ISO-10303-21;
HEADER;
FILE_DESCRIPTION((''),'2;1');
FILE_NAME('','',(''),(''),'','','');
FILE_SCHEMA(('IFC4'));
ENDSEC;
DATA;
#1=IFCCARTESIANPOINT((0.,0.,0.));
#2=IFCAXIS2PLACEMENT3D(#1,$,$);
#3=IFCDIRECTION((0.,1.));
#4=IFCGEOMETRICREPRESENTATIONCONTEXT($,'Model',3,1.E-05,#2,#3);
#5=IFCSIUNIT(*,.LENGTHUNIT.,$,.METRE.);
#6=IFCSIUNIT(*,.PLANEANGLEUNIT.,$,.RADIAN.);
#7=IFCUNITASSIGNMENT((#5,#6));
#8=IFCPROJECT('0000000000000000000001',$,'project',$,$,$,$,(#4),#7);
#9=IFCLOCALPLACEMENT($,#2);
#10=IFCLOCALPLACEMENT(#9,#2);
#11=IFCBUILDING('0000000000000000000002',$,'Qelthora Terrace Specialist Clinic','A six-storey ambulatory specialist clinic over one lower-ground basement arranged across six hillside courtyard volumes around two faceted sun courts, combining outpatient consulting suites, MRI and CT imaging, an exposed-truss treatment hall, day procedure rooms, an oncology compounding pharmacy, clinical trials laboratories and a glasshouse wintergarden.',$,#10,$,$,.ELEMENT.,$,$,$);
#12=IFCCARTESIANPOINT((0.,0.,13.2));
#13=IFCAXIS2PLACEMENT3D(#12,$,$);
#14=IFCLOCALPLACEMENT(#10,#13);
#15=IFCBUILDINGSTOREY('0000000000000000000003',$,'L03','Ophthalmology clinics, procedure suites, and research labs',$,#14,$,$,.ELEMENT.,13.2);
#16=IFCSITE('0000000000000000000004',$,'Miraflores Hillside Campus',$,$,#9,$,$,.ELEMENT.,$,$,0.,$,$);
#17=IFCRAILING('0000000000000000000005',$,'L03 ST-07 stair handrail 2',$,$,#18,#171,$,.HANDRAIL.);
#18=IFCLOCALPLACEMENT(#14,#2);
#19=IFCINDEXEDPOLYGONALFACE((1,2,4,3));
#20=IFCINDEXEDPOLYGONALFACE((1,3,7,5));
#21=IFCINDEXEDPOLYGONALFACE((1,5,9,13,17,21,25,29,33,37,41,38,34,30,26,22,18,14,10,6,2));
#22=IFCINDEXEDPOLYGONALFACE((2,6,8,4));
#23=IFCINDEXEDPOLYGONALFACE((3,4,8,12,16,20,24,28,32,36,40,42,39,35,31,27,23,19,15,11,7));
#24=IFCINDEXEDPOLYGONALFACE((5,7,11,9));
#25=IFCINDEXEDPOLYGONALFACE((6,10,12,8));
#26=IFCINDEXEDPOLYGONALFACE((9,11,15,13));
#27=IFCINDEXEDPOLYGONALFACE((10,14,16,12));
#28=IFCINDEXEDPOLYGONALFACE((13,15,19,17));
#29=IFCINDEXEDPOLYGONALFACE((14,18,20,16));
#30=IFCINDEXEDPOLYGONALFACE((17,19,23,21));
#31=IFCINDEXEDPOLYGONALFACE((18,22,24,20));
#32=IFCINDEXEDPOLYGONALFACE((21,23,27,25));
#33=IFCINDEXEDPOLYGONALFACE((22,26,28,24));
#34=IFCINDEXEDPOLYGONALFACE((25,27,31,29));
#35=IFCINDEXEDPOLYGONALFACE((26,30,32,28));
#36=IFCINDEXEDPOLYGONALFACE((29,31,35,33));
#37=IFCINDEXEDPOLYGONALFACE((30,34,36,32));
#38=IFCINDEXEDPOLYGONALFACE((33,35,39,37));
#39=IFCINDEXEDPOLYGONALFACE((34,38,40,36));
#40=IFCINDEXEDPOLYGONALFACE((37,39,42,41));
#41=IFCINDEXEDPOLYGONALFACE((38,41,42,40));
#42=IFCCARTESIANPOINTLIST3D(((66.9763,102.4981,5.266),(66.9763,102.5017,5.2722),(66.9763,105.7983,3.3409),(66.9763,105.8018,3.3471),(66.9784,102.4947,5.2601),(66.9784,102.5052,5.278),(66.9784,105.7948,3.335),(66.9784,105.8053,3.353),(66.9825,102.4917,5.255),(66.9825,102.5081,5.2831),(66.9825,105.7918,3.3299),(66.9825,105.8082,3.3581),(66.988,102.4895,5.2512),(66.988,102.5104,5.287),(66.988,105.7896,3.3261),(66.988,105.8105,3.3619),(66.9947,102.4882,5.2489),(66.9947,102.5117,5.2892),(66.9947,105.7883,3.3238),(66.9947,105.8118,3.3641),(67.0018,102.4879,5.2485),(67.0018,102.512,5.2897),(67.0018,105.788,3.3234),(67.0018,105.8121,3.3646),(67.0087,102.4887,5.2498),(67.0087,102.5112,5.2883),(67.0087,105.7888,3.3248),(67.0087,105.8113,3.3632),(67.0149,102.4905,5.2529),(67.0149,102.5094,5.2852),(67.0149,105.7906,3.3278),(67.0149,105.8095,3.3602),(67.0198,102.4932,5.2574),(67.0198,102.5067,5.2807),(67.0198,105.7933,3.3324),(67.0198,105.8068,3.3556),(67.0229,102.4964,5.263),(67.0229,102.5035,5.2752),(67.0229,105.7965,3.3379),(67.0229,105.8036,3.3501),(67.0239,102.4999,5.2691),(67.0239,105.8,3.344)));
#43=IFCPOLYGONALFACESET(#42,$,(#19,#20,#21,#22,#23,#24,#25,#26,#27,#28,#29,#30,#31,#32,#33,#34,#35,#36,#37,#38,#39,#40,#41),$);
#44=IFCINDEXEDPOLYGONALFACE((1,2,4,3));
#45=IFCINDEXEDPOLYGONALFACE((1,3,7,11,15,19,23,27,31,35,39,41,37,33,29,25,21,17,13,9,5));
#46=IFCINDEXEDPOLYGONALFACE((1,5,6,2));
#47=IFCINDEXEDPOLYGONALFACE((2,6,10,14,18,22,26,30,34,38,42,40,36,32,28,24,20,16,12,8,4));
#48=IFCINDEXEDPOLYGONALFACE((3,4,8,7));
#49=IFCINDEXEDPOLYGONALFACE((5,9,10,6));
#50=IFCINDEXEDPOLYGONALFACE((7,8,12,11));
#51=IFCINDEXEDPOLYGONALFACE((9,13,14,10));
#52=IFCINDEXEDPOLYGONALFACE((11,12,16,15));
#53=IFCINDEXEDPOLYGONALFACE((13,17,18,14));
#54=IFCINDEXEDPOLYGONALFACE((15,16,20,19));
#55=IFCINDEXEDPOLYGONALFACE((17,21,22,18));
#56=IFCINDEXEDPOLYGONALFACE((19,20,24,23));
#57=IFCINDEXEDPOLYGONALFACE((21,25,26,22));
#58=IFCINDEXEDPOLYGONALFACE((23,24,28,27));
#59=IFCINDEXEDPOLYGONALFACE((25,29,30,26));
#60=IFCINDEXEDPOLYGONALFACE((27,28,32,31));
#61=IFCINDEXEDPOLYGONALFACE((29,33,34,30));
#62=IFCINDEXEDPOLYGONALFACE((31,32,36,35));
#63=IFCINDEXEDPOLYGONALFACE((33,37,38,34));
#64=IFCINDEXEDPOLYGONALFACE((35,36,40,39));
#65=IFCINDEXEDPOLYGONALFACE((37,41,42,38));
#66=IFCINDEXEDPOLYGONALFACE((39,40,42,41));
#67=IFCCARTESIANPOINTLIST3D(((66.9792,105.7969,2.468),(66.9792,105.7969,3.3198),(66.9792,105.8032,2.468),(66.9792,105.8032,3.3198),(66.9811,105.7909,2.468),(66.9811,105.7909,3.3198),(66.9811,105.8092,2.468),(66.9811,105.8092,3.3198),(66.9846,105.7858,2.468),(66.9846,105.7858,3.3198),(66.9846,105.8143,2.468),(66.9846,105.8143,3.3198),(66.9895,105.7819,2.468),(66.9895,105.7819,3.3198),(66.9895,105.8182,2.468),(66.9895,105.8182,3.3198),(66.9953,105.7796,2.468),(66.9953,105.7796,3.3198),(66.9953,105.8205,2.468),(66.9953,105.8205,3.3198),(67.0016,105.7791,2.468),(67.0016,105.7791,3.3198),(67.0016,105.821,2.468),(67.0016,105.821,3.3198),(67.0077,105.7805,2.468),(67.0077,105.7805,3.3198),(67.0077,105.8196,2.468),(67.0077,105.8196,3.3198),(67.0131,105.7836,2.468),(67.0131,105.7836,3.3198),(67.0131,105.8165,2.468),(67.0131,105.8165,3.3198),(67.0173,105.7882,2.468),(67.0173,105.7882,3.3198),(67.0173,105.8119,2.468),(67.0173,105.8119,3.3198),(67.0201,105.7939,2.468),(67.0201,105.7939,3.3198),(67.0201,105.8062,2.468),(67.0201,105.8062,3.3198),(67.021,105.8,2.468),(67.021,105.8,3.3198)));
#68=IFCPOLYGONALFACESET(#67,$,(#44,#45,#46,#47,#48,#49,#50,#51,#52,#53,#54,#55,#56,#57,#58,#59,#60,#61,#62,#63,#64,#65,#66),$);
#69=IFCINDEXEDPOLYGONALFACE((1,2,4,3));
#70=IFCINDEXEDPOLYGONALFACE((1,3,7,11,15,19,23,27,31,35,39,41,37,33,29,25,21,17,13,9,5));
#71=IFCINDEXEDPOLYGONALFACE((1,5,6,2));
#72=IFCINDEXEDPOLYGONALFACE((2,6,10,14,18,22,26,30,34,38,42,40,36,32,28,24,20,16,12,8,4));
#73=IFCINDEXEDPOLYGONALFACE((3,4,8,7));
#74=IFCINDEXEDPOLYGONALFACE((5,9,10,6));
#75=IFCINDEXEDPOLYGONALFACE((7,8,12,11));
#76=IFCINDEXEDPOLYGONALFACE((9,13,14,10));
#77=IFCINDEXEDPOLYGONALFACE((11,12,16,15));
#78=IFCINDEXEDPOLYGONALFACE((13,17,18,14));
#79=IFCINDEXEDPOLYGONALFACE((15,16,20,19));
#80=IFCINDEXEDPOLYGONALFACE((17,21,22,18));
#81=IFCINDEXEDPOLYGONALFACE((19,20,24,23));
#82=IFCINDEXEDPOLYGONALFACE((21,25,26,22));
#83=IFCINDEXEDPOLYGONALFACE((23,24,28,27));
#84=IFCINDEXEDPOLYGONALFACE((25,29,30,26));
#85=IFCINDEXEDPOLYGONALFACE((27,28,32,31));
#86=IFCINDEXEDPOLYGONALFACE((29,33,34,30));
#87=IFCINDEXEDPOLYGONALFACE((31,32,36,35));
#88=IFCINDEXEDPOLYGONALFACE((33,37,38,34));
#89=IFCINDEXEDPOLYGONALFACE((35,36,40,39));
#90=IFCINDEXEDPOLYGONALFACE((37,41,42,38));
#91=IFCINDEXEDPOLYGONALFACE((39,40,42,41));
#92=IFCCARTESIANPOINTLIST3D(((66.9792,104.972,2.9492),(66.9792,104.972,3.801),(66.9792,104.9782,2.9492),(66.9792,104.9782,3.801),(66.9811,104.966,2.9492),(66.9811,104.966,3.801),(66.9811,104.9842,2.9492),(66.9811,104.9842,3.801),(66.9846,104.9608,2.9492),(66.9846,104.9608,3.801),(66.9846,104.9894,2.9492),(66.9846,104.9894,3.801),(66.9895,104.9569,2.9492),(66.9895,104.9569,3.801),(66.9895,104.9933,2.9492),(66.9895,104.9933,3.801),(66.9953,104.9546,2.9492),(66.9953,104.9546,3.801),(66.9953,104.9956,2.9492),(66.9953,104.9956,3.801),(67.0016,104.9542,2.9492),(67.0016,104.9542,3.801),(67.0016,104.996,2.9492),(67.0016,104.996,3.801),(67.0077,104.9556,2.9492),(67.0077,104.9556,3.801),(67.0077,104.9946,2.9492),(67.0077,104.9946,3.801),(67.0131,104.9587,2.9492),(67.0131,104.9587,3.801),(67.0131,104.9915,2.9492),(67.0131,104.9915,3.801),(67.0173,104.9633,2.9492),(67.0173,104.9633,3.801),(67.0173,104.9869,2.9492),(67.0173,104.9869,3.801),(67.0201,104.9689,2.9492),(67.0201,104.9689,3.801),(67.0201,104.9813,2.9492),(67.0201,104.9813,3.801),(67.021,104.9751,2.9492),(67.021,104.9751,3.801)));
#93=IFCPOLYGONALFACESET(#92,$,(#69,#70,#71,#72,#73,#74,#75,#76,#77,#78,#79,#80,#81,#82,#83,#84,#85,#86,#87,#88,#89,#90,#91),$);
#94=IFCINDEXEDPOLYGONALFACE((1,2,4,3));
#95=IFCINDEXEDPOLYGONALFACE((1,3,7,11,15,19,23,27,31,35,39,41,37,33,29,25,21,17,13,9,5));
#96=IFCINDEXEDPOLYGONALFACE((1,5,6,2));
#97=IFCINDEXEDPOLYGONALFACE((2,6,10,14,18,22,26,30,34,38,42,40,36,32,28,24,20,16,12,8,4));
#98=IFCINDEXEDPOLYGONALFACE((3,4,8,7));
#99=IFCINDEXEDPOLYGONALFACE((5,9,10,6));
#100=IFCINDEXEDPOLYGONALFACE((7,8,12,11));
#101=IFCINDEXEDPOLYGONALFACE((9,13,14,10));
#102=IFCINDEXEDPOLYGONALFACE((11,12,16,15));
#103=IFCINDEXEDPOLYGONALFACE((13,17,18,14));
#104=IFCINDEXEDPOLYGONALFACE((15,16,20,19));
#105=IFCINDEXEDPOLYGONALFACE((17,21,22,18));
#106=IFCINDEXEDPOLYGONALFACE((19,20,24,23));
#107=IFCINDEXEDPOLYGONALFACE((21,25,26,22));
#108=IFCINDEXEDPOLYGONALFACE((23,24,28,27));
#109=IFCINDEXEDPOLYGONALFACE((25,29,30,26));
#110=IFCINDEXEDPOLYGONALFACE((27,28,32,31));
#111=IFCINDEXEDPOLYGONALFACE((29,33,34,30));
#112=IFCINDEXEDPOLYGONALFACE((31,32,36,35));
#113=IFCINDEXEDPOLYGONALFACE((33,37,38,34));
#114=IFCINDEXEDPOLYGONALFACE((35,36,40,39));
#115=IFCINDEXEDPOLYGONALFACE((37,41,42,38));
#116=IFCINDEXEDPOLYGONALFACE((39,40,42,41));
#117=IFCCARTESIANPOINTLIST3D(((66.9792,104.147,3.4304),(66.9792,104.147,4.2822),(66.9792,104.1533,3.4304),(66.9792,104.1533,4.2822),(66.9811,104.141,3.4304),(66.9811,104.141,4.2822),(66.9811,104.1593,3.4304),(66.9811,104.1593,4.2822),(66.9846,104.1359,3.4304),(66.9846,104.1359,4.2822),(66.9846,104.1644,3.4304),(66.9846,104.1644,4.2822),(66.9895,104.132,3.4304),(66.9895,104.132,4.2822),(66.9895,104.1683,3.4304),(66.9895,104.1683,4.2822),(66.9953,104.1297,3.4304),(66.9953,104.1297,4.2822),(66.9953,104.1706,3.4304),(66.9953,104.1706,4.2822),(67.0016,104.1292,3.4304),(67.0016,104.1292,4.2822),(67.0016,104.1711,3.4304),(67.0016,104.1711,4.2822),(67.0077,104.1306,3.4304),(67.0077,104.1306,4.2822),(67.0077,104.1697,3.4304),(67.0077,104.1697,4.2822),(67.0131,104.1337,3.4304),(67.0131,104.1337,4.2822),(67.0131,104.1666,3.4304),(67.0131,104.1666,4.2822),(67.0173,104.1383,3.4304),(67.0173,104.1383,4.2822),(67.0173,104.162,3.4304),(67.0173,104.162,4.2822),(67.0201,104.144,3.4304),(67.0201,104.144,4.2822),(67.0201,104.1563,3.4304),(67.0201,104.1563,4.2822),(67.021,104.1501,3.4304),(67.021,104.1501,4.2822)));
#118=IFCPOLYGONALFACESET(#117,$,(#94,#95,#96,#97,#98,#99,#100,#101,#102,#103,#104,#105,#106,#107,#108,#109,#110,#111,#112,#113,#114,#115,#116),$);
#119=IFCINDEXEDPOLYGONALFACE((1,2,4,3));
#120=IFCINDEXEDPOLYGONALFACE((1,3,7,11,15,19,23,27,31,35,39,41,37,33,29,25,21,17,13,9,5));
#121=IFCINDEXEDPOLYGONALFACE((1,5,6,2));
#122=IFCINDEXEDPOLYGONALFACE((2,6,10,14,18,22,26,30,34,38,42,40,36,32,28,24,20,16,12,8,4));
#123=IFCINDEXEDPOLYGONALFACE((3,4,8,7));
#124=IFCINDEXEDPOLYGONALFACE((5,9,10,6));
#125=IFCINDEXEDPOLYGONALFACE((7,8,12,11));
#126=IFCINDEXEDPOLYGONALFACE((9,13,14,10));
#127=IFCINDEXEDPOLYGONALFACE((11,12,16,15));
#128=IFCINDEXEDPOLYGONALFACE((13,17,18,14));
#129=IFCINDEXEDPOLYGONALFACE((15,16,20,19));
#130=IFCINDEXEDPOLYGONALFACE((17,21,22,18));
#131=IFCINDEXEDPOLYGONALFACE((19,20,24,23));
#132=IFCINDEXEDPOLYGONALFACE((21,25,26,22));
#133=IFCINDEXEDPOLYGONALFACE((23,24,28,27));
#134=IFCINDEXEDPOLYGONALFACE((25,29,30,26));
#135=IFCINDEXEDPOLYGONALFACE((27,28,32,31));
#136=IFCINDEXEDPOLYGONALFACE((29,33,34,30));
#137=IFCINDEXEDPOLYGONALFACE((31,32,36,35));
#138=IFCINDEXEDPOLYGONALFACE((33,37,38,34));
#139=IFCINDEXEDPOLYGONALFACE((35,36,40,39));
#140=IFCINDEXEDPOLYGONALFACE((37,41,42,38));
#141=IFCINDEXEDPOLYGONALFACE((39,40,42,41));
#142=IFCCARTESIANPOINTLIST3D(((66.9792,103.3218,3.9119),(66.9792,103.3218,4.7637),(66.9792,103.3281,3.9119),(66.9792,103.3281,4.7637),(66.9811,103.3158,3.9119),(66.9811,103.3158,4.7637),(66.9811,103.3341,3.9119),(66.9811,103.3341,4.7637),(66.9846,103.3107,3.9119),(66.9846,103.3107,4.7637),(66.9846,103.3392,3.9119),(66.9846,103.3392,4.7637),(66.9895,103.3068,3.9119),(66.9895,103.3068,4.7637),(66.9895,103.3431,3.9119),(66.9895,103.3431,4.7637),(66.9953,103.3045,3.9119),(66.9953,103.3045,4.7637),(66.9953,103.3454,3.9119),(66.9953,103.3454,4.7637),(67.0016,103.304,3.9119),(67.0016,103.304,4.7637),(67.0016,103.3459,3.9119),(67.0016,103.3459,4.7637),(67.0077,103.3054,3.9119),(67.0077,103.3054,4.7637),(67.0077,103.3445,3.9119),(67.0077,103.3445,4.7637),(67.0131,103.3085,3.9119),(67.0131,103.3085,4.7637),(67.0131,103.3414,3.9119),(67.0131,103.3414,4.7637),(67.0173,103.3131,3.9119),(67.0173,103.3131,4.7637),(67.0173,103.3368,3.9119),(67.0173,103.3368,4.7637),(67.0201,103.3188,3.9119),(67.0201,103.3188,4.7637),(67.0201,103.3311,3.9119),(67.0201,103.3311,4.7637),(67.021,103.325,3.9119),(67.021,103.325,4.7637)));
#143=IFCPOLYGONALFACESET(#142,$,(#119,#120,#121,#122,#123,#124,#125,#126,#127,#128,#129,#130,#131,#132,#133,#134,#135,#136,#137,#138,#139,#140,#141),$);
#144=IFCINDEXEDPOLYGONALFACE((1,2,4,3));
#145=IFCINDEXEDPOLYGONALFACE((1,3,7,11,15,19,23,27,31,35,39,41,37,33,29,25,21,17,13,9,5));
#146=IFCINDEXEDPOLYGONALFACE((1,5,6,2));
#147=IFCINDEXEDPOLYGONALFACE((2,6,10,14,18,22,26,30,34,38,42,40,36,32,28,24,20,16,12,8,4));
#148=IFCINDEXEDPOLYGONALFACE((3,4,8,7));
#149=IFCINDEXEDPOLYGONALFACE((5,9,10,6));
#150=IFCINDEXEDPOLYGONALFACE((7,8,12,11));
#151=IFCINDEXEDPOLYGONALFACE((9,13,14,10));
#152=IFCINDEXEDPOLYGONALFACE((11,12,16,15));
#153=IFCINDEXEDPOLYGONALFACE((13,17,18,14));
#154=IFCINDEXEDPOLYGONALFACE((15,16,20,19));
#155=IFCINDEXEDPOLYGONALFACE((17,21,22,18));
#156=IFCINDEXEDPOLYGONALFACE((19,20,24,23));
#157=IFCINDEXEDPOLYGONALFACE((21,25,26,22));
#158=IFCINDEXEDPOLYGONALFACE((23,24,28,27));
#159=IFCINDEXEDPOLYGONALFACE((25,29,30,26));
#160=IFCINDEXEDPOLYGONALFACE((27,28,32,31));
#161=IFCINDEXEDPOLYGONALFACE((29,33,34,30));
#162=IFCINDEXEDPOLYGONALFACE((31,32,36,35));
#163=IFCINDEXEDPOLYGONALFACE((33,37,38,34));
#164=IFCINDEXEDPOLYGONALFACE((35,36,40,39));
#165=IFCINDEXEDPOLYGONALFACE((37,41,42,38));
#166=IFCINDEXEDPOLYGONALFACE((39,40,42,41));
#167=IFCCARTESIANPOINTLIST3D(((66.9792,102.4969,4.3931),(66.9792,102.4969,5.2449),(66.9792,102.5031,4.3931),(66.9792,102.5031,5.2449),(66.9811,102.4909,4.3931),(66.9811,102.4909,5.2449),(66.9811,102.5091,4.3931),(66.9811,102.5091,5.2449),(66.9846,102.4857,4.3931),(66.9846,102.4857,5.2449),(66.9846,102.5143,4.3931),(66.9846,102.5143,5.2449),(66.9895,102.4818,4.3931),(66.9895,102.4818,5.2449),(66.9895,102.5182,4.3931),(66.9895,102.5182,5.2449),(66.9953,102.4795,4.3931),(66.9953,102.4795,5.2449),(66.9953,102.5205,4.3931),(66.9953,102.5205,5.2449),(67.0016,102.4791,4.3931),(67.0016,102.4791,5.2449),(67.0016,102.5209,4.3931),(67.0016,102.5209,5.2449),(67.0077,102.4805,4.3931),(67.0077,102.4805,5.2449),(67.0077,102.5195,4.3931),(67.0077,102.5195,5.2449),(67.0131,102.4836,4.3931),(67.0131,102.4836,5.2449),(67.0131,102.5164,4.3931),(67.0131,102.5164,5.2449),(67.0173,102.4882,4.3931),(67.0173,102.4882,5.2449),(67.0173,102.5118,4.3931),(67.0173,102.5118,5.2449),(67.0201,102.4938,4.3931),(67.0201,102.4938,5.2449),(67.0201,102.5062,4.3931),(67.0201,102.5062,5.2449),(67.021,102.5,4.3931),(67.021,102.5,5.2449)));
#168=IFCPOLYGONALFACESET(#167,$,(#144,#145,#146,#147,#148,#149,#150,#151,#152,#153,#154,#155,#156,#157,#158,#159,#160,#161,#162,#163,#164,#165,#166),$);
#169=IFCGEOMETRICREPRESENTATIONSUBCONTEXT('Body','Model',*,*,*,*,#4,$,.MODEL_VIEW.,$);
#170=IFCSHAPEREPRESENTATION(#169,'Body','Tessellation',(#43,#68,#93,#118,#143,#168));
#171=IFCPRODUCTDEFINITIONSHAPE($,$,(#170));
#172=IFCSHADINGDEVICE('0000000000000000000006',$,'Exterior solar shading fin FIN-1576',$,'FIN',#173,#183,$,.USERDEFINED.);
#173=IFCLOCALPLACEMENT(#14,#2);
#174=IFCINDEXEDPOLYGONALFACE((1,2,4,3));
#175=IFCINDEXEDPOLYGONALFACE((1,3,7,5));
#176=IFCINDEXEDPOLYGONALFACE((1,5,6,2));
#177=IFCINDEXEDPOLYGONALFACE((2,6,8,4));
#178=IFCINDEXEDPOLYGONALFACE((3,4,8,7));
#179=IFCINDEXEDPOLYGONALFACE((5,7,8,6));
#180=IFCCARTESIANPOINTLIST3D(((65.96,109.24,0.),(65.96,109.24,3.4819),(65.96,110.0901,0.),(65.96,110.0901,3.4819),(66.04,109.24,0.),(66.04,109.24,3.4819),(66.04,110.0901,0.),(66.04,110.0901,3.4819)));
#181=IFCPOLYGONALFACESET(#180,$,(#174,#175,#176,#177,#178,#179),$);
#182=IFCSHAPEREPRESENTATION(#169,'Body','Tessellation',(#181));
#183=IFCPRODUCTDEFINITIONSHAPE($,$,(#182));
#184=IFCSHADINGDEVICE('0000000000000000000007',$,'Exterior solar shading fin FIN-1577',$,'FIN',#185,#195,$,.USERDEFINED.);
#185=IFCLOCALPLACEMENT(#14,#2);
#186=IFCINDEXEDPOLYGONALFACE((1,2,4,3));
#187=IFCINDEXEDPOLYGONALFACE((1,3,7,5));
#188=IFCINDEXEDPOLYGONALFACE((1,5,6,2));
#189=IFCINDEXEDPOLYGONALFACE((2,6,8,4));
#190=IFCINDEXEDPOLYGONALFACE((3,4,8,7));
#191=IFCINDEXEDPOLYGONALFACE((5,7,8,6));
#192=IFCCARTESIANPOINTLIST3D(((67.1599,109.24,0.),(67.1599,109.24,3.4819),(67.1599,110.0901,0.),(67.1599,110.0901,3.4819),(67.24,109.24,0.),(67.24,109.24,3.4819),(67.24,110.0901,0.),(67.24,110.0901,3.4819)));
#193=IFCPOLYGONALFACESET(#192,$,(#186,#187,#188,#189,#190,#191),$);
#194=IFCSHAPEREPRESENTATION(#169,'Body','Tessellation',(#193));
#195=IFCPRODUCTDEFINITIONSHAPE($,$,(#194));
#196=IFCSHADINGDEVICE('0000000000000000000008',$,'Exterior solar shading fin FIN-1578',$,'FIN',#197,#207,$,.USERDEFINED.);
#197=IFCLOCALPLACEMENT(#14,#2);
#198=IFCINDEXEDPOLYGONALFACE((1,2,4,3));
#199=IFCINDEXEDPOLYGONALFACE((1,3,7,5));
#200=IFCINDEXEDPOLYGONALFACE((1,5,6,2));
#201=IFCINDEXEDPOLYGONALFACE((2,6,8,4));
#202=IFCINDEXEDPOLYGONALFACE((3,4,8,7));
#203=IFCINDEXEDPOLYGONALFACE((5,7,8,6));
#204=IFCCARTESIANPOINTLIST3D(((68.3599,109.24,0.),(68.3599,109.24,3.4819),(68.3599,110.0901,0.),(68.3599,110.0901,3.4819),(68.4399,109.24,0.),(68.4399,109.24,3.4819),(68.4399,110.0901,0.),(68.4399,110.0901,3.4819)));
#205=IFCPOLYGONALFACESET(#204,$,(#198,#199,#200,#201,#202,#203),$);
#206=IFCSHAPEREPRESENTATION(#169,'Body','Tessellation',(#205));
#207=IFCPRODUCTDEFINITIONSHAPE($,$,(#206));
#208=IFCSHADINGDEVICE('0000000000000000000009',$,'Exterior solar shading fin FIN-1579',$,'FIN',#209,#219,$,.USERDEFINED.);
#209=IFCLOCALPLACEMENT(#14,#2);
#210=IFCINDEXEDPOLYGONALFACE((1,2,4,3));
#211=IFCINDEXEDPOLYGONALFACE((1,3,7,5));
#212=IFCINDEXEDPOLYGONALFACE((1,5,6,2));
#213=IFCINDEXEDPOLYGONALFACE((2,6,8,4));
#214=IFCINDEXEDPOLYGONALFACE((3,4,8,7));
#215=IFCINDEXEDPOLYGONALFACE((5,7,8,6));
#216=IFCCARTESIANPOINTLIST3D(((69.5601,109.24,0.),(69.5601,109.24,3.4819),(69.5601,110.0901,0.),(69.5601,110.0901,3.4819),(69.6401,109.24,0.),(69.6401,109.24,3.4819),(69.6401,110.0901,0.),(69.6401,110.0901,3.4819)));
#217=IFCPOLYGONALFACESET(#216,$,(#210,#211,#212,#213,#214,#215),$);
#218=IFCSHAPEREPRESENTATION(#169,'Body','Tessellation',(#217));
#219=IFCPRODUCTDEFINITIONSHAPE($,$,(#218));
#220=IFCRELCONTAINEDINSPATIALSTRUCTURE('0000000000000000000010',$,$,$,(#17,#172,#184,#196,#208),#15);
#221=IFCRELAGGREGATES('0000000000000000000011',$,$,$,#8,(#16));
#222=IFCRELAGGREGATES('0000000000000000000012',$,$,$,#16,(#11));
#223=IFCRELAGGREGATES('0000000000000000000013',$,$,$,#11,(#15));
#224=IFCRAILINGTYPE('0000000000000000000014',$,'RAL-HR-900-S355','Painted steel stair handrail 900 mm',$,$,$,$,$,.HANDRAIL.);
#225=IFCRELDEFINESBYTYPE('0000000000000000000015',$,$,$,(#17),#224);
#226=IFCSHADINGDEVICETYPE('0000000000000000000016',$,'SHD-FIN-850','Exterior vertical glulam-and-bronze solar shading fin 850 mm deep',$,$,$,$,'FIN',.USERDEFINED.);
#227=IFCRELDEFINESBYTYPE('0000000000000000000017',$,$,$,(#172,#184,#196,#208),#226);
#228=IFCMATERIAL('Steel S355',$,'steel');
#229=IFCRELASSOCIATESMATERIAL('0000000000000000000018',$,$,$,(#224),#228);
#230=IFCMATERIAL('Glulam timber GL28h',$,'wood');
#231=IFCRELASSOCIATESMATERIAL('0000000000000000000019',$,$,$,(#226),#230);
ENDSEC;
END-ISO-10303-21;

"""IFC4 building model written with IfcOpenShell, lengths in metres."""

from ifc_helpers import new_model, si_unit, direction, frame, origin, origin_2d, place, context, subcontext, project, spatial, rectangle, circle, extrude, material, type_object, element, save


model = new_model("IFC4")

# Units and contexts
model_context = context("Model", 3, precision=1e-05, world=origin(), true_north=direction((0.0, 1.0)))
body_context = subcontext(model_context, "Body", "Model", "MODEL_VIEW")
ifc_project = project(units=[si_unit("LENGTHUNIT", "METRE"), si_unit("PLANEANGLEUNIT", "RADIAN")], contexts=[model_context])

# Site, building, storey
site_placement = place(None, origin())
site = spatial("IfcSite", under=ifc_project, at=site_placement, Name="Miraflores Hillside Campus", CompositionType="ELEMENT", RefElevation=0.0)
building_placement = place(site_placement, origin())
building = spatial("IfcBuilding", under=site, at=building_placement, Name="Qelthora Terrace Specialist Clinic", Description="A six-storey ambulatory specialist clinic over one lower-ground basement arranged across six hillside courtyard volumes around two faceted sun courts, combining outpatient consulting suites, MRI and CT imaging, an exposed-truss treatment hall, day procedure rooms, an oncology compounding pharmacy, clinical trials laboratories and a glasshouse wintergarden.", CompositionType="ELEMENT")
storey_placement = place(building_placement, frame((0.0, 0.0, 13.2)))
storey = spatial("IfcBuildingStorey", under=building, at=storey_placement, Name="L03", Description="Ophthalmology clinics, procedure suites, and research labs", CompositionType="ELEMENT", Elevation=13.2)

# Shared definitions
ifc_material_1 = material(Name="Steel S355", Category="steel")

# Railing
railing_type_1 = type_object("IfcRailingType", Name="RAL-HR-900-S355", Description="Painted steel stair handrail 900 mm", PredefinedType="HANDRAIL", material=ifc_material_1)
railing_1_placement = place(storey_placement, frame((67.0, 105.8, 2.468)))
element("IfcRailing", 1, at=railing_1_placement, inside=storey, type_object=railing_type_1, Name="L03 ST-07 stair handrail 2", PredefinedType="HANDRAIL", context=body_context, shape_type="SweptSolid", body=[
    extrude(circle(Radius=0.0239, at=origin_2d()), frame((0.0, 0.0, 0.876), z_axis=(0.0, -0.863777, 0.503875), x_axis=(1.0, 0.0, 0.0)), (0.0, 0.0, 1.0), 3.8206),
    extrude(circle(Radius=0.021, at=origin_2d()), origin(), (0.0, 0.0, 1.0), 0.8518),
    extrude(circle(Radius=0.021, at=origin_2d()), frame((0.0, -0.825, 0.4812)), (0.0, 0.0, 1.0), 0.8518),
    extrude(circle(Radius=0.021, at=origin_2d()), frame((0.0, -1.6499, 0.9624)), (0.0, 0.0, 1.0), 0.8518),
    extrude(circle(Radius=0.021, at=origin_2d()), frame((0.0, -2.4751, 1.4438)), (0.0, 0.0, 1.0), 0.8518),
    extrude(circle(Radius=0.021, at=origin_2d()), frame((0.0, -3.3, 1.925)), (0.0, 0.0, 1.0), 0.8518),
])

# Shading devices
ifc_material_2 = material(Name="Glulam timber GL28h", Category="wood")
shading_device_type = type_object("IfcShadingDeviceType", Name="SHD-FIN-850", Description="Exterior vertical glulam-and-bronze solar shading fin 850 mm deep", ElementType="FIN", PredefinedType="USERDEFINED", material=ifc_material_2)
for number, where, z_axis, x_axis, name in (
    (2, (66.0, 109.665, 0.0), (0.0, 0.0, 1.0), (0.0, 1.0, 0.0), "Exterior solar shading fin FIN-1576"),
    (3, (67.2, 109.665, 0.0), (0.0, 0.0, 1.0), (0.0, 1.0, 0.0), "Exterior solar shading fin FIN-1577"),
    (4, (68.3999, 109.665, 0.0), (0.0, 0.0, 1.0), (0.0, 1.0, 0.0), "Exterior solar shading fin FIN-1578"),
    (5, (69.6001, 109.665, 0.0), (0.0, 0.0, 1.0), (0.0, 1.0, 0.0), "Exterior solar shading fin FIN-1579"),
):
    element("IfcShadingDevice", number, at=place(storey_placement, frame(where, z_axis=z_axis, x_axis=x_axis)), inside=storey, type_object=shading_device_type, Name=name, ObjectType="FIN", PredefinedType="USERDEFINED", context=body_context, shape_type="SweptSolid", body=[
        extrude(rectangle(XDim=0.8501, YDim=0.0801, at=origin_2d()), origin(), (0.0, 0.0, 1.0), 3.4819),
    ])

save(model, "model.ifc")
